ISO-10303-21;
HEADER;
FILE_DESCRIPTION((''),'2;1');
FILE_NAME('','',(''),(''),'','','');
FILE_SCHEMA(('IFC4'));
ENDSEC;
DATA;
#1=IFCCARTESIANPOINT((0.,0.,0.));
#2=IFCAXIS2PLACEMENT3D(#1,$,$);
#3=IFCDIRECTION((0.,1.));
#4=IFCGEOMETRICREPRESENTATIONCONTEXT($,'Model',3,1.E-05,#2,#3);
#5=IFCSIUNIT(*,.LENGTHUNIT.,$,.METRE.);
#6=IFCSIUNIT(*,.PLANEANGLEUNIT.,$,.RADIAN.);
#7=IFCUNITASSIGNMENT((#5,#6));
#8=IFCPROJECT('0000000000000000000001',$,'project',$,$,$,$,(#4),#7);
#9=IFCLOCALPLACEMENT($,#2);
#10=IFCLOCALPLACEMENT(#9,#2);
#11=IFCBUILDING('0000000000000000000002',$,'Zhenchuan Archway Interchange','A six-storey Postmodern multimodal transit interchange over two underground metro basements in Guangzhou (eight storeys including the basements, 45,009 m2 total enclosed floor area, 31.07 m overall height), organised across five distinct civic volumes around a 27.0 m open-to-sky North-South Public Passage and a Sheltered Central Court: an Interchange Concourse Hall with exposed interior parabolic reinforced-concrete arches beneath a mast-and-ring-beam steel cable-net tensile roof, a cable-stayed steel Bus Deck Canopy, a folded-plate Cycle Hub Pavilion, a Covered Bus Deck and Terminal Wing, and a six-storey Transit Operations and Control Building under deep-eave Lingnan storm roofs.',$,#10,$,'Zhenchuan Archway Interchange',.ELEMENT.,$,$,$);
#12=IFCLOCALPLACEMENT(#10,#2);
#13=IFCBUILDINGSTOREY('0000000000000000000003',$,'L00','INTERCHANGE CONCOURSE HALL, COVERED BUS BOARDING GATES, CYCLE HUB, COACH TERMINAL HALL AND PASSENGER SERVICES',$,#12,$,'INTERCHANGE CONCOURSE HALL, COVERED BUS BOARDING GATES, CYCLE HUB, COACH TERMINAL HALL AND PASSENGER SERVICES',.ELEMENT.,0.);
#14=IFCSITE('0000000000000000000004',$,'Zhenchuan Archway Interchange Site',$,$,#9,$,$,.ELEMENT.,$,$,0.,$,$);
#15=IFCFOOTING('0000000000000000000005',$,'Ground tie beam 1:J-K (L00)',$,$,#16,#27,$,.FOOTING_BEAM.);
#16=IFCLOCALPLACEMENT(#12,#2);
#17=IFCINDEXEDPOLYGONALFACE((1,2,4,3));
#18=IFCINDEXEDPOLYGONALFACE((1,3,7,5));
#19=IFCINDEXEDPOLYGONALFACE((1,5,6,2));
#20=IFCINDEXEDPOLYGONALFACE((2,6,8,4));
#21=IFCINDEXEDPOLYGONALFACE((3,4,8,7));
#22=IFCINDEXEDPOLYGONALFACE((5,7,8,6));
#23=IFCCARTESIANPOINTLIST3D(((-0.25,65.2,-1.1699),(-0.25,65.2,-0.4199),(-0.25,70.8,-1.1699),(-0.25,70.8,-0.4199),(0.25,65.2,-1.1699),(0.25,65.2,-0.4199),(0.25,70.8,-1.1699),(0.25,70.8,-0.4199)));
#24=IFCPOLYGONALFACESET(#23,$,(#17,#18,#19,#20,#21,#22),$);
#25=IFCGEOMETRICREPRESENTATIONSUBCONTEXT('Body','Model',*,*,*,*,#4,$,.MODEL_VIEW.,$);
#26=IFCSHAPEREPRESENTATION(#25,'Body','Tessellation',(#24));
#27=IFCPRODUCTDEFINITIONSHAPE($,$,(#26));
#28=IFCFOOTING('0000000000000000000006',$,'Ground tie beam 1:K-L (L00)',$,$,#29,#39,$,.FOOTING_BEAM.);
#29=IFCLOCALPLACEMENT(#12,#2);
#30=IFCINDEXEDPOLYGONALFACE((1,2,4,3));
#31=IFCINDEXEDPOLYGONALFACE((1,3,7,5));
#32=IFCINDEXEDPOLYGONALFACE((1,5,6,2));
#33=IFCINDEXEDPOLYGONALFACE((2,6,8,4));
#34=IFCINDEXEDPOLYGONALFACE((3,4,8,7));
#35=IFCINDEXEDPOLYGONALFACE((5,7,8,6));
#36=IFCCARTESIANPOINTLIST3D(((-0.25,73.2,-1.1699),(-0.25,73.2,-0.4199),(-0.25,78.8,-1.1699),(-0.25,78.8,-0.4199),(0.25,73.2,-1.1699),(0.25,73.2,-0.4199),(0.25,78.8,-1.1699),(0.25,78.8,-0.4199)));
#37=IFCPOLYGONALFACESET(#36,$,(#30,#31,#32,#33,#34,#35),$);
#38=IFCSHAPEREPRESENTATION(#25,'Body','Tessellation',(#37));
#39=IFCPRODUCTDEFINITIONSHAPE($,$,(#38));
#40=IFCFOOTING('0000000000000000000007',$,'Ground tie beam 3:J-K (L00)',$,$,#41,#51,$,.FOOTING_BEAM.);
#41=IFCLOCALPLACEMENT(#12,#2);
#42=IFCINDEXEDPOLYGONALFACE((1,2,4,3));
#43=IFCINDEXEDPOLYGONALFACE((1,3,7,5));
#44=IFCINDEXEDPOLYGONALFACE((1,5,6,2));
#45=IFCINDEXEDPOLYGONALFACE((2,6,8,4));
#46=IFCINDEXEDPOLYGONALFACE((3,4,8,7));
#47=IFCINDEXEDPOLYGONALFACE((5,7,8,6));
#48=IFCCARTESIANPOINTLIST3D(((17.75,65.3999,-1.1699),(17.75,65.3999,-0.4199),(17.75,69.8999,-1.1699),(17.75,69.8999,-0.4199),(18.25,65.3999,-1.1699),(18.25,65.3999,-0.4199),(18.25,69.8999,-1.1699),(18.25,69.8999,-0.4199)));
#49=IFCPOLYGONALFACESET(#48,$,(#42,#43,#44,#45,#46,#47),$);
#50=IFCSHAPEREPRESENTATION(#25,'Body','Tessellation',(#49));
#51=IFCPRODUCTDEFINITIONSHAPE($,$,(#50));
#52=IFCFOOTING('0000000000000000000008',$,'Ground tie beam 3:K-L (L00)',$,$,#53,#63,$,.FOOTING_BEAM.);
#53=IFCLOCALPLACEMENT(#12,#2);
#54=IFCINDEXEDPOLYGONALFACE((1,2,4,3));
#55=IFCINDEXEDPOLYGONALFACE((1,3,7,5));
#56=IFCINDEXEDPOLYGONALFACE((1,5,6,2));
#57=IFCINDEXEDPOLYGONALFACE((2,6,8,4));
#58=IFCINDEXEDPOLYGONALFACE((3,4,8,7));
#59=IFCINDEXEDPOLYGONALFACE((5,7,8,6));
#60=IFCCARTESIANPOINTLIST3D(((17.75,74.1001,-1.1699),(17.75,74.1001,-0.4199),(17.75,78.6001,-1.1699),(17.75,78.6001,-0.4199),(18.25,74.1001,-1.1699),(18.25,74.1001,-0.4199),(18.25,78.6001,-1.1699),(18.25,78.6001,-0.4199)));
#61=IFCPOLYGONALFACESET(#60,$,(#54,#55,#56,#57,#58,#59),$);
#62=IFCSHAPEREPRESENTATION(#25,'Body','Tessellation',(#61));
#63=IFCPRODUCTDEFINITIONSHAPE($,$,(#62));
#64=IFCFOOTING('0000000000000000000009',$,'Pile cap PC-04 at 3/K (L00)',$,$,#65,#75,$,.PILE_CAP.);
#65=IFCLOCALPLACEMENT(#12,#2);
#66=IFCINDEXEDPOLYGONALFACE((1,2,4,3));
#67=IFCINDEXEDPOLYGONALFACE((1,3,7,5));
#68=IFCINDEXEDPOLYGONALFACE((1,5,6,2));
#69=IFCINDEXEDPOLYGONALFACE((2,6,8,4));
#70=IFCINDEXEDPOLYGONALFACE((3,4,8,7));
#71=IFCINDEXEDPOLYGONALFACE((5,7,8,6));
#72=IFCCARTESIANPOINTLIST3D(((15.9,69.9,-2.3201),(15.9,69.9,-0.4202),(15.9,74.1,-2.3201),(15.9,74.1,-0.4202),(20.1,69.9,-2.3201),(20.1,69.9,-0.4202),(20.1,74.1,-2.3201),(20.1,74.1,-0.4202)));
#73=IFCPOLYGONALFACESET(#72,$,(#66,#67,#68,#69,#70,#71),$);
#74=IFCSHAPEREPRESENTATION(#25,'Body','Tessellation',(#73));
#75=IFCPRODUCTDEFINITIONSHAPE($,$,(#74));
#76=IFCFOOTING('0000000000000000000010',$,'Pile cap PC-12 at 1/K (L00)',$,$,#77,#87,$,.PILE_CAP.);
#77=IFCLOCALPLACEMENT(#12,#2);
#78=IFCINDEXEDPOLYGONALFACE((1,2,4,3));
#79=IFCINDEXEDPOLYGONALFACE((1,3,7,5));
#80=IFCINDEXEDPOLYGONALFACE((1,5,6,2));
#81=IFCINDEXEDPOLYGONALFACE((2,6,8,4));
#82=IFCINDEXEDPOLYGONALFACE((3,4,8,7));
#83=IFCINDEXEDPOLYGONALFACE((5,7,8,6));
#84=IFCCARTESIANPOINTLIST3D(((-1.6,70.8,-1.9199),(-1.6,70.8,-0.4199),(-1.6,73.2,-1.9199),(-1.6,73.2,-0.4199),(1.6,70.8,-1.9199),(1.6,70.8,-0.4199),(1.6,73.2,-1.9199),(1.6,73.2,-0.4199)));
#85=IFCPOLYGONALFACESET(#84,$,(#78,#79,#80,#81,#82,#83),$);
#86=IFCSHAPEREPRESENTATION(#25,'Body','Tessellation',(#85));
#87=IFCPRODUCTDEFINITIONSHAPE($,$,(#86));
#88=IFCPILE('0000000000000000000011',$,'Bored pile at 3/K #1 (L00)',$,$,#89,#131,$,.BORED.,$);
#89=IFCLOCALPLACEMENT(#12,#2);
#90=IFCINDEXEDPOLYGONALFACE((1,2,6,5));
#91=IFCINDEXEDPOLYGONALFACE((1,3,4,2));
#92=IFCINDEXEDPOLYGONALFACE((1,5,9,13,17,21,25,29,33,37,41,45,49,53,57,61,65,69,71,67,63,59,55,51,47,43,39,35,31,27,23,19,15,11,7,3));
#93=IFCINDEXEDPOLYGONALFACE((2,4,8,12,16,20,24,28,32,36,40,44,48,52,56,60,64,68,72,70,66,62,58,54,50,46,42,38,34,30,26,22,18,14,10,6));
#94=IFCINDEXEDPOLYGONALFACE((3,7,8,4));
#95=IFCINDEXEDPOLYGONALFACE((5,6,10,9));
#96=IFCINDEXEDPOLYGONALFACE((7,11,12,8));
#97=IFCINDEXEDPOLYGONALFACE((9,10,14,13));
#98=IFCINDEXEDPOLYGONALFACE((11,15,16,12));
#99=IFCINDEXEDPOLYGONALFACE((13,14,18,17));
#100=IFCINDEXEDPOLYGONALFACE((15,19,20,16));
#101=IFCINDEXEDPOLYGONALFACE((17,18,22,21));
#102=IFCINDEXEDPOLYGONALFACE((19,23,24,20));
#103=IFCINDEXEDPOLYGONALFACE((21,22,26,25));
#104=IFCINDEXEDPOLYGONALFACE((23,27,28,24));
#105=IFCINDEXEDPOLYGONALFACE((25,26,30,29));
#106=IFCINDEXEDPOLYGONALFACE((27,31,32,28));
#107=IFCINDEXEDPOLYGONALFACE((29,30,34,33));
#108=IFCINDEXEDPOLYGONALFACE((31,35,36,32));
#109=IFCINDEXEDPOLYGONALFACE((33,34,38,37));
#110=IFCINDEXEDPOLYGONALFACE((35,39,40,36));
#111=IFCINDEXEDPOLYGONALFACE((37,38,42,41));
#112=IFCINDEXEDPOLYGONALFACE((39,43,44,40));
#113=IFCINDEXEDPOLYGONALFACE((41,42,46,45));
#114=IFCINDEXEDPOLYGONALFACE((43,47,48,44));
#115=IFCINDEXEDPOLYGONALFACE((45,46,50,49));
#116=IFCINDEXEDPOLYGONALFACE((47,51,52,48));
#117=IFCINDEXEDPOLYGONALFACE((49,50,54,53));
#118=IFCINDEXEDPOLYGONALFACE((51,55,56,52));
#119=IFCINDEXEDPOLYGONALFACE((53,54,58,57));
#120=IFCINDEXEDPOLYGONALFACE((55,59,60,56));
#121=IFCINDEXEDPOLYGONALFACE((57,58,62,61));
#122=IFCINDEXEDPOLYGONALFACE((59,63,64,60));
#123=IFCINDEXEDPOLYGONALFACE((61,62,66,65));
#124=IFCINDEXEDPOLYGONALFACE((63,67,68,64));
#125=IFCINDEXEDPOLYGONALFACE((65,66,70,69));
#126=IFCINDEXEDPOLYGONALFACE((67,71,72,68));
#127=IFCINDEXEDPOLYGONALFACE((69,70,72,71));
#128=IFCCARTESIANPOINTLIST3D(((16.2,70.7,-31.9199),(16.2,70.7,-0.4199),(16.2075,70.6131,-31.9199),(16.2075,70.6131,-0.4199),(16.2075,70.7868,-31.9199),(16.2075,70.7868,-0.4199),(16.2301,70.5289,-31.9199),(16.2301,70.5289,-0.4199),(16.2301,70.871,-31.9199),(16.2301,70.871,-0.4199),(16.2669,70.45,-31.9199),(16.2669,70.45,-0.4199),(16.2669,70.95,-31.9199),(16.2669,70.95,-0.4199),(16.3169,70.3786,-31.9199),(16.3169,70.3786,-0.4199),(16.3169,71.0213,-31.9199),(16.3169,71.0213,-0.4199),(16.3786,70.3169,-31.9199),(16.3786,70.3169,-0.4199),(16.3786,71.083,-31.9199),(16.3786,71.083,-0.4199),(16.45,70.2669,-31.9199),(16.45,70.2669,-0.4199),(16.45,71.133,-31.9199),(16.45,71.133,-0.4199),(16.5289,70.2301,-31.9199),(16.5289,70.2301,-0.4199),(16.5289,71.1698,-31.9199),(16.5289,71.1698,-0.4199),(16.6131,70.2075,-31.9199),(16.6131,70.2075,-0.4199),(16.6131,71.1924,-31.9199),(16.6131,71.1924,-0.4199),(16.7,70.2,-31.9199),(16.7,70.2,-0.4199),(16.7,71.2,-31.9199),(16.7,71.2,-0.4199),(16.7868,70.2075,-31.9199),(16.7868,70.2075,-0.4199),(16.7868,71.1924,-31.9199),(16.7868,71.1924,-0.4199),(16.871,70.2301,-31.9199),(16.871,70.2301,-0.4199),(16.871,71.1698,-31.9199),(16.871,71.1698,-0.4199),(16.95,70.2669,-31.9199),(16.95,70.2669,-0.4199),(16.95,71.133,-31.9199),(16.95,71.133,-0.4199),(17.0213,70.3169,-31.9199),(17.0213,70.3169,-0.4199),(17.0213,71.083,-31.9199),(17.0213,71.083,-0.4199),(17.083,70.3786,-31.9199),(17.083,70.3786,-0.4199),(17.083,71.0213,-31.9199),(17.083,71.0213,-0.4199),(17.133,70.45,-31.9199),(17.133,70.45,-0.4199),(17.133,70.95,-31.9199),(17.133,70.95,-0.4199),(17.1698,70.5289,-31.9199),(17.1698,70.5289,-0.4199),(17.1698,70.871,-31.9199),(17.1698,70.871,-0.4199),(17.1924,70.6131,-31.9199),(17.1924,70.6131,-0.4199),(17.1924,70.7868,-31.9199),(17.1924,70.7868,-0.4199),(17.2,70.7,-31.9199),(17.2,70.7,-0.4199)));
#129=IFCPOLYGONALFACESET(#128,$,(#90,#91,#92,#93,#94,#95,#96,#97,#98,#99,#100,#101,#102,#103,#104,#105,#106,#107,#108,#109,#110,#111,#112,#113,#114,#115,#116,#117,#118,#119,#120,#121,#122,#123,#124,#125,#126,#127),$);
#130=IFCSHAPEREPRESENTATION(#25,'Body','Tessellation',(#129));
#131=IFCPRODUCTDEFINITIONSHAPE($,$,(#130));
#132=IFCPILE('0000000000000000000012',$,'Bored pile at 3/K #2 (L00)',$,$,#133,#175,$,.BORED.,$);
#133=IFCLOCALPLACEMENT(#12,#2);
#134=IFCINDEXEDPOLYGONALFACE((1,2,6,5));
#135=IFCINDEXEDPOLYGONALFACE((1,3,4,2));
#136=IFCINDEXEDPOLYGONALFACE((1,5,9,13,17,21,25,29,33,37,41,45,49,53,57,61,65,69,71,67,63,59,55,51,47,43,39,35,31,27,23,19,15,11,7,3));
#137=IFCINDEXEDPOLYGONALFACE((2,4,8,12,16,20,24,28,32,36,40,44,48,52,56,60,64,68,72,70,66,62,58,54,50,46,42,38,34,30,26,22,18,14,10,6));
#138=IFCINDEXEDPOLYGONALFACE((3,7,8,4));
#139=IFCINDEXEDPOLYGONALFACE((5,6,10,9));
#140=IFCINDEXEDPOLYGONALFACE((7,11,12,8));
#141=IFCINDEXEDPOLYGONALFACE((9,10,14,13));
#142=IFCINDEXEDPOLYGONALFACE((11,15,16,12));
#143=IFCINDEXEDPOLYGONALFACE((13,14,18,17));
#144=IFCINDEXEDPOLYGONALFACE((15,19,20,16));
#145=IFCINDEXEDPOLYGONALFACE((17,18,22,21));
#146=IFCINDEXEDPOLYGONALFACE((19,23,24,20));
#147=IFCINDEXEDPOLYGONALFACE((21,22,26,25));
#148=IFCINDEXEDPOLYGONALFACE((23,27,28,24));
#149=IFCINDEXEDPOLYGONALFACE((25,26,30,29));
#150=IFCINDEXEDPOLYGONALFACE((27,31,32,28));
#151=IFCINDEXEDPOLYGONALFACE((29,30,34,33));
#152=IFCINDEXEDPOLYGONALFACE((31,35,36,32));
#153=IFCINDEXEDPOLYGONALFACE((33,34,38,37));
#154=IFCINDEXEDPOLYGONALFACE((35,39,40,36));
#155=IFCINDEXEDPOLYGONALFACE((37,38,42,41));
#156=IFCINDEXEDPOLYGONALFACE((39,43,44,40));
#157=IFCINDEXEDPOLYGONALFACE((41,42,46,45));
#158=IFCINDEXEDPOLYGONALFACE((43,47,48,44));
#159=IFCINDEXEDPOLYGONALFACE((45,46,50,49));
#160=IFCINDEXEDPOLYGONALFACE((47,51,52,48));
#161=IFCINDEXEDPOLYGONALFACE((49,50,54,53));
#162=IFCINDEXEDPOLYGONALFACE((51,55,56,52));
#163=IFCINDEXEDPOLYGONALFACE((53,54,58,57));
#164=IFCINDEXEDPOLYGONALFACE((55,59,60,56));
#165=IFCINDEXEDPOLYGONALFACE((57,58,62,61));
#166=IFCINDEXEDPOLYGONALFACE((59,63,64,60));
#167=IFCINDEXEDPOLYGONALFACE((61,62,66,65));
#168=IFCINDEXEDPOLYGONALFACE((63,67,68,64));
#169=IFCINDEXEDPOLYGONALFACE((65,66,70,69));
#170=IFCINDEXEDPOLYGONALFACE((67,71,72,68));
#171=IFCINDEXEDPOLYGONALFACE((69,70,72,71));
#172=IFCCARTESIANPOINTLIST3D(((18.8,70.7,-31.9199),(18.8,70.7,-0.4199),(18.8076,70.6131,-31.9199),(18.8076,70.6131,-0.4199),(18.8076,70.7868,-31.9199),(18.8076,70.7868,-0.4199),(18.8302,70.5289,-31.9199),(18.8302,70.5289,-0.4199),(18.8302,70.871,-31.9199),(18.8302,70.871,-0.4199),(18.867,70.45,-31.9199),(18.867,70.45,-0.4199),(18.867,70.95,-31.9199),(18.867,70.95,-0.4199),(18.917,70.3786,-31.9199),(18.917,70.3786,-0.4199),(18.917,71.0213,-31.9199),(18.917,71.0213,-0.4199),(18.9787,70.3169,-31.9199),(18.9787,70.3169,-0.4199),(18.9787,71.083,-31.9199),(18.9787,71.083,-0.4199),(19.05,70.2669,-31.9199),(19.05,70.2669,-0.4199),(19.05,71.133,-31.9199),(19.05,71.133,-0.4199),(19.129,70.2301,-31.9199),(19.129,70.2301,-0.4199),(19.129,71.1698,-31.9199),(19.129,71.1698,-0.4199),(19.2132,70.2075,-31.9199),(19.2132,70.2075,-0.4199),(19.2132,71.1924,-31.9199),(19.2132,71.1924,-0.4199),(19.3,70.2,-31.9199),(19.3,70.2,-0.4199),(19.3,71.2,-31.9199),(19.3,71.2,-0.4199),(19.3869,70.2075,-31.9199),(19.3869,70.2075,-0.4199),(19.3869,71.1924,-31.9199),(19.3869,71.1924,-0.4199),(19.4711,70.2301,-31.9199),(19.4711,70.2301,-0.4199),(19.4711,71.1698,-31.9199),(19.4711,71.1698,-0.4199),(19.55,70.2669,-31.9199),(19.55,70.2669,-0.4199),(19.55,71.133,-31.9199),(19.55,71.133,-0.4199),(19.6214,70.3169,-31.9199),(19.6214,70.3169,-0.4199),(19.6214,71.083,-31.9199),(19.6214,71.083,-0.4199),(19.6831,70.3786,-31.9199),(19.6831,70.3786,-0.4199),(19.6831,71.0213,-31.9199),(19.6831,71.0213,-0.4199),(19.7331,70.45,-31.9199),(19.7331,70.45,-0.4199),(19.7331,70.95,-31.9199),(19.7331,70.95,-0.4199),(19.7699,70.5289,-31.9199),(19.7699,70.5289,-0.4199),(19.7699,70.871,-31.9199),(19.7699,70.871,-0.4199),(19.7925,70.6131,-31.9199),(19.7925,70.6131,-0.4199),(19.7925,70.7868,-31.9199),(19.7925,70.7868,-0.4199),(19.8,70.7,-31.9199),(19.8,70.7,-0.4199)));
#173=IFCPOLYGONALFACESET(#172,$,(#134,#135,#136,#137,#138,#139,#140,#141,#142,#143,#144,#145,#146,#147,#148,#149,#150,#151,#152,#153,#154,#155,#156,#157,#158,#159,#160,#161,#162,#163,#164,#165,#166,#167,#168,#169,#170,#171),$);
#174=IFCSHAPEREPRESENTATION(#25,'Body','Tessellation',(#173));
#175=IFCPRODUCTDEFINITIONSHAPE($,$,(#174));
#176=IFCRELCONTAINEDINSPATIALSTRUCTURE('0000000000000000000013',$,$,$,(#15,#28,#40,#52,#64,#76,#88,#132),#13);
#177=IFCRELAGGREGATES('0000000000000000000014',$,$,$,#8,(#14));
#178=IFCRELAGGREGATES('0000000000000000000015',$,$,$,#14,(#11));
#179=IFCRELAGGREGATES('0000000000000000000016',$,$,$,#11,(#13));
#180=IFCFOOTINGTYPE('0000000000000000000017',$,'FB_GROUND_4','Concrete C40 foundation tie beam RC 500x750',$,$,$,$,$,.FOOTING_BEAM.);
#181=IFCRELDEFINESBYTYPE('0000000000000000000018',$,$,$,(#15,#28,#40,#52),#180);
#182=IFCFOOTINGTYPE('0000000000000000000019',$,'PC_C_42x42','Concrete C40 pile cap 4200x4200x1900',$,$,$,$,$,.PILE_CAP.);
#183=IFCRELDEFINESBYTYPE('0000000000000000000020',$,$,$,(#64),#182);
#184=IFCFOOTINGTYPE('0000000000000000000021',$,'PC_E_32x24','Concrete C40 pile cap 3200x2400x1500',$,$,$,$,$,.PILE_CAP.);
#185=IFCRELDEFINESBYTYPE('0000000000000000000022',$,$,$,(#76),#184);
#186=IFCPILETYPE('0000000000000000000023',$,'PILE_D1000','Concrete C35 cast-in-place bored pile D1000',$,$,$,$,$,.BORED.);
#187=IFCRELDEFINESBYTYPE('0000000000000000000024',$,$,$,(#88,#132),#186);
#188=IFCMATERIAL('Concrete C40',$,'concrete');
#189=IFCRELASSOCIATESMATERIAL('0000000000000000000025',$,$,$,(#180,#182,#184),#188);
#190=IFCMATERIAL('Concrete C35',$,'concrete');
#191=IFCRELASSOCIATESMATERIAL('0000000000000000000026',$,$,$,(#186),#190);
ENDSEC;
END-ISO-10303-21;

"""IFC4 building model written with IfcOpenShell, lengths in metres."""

from ifc_helpers import new_model, si_unit, direction, frame, origin, origin_2d, place, context, subcontext, project, spatial, rectangle, circle, extrude, material, material_profile, profile_set, type_object, element, save


model = new_model("IFC4")

# Units and contexts
model_context = context("Model", 3, precision=1e-05, world=origin(), true_north=direction((0.0, 1.0)))
body_context = subcontext(model_context, "Body", "Model", "MODEL_VIEW")
ifc_project = project(units=[si_unit("LENGTHUNIT", "METRE"), si_unit("PLANEANGLEUNIT", "RADIAN")], contexts=[model_context])

# Site, building, storey
site_placement = place(None, origin())
site = spatial("IfcSite", under=ifc_project, at=site_placement, Name="Zhenchuan Archway Interchange Site", CompositionType="ELEMENT", RefElevation=0.0)
building_placement = place(site_placement, origin())
building = spatial("IfcBuilding", under=site, at=building_placement, Name="Zhenchuan Archway Interchange", Description="A six-storey Postmodern multimodal transit interchange over two underground metro basements in Guangzhou (eight storeys including the basements, 45,009 m2 total enclosed floor area, 31.07 m overall height), organised across five distinct civic volumes around a 27.0 m open-to-sky North-South Public Passage and a Sheltered Central Court: an Interchange Concourse Hall with exposed interior parabolic reinforced-concrete arches beneath a mast-and-ring-beam steel cable-net tensile roof, a cable-stayed steel Bus Deck Canopy, a folded-plate Cycle Hub Pavilion, a Covered Bus Deck and Terminal Wing, and a six-storey Transit Operations and Control Building under deep-eave Lingnan storm roofs.", LongName="Zhenchuan Archway Interchange", CompositionType="ELEMENT")
storey_placement = place(building_placement, origin())
storey = spatial("IfcBuildingStorey", under=building, at=storey_placement, Name="L00", Description="INTERCHANGE CONCOURSE HALL, COVERED BUS BOARDING GATES, CYCLE HUB, COACH TERMINAL HALL AND PASSENGER SERVICES", LongName="INTERCHANGE CONCOURSE HALL, COVERED BUS BOARDING GATES, CYCLE HUB, COACH TERMINAL HALL AND PASSENGER SERVICES", CompositionType="ELEMENT", Elevation=0.0)

# Footings
ifc_material_1 = material(Name="Concrete C40", Category="concrete")
ifc_material_profile_1 = material_profile(ifc_material_1, rectangle(XDim=0.5, YDim=0.75, at=origin_2d()), Name="RC 500x750")
ifc_profile_set_1 = profile_set([ifc_material_profile_1], Name="Concrete C40")
footing_type_1 = type_object("IfcFootingType", Name="FB_GROUND_4", Description="Concrete C40 foundation tie beam RC 500x750", PredefinedType="FOOTING_BEAM", material=ifc_profile_set_1)
for number, where, z_axis, x_axis, name in (
    (1, (0.0, 65.2, -0.7949), (0.0, 1.0, 0.0), (-1.0, 0.0, 0.0), "Ground tie beam 1:J-K (L00)"),
    (2, (0.0, 73.2, -0.7949), (0.0, 1.0, 0.0), (-1.0, 0.0, 0.0), "Ground tie beam 1:K-L (L00)"),
):
    element("IfcFooting", number, at=place(storey_placement, frame(where, z_axis=z_axis, x_axis=x_axis)), inside=storey, type_object=footing_type_1, Name=name, PredefinedType="FOOTING_BEAM", context=body_context, shape_type="SweptSolid", body=[
        extrude(rectangle(XDim=0.5, YDim=0.75, at=origin_2d()), origin(), (0.0, 0.0, 1.0), 5.6001),
    ])
for number, where, z_axis, x_axis, name in (
    (3, (18.0, 65.3999, -0.7949), (0.0, 1.0, 0.0), (-1.0, 0.0, 0.0), "Ground tie beam 3:J-K (L00)"),
    (4, (18.0, 74.1001, -0.7949), (0.0, 1.0, 0.0), (-1.0, 0.0, 0.0), "Ground tie beam 3:K-L (L00)"),
):
    element("IfcFooting", number, at=place(storey_placement, frame(where, z_axis=z_axis, x_axis=x_axis)), inside=storey, type_object=footing_type_1, Name=name, PredefinedType="FOOTING_BEAM", context=body_context, shape_type="SweptSolid", body=[
        extrude(rectangle(XDim=0.5, YDim=0.75, at=origin_2d()), origin(), (0.0, 0.0, 1.0), 4.5),
    ])
footing_type_2 = type_object("IfcFootingType", Name="PC_C_42x42", Description="Concrete C40 pile cap 4200x4200x1900", PredefinedType="PILE_CAP", material=ifc_material_1)
footing_1_placement = place(storey_placement, frame((18.0, 72.0, -2.3201), z_axis=(0.0, 0.0, 1.0), x_axis=(1.0, 0.0, 0.0)))
element("IfcFooting", 5, at=footing_1_placement, inside=storey, type_object=footing_type_2, Name="Pile cap PC-04 at 3/K (L00)", PredefinedType="PILE_CAP", context=body_context, shape_type="SweptSolid", body=[
    extrude(rectangle(XDim=4.2, YDim=4.2, at=origin_2d()), origin(), (0.0, 0.0, 1.0), 1.8999),
])
footing_type_3 = type_object("IfcFootingType", Name="PC_E_32x24", Description="Concrete C40 pile cap 3200x2400x1500", PredefinedType="PILE_CAP", material=ifc_material_1)
footing_2_placement = place(storey_placement, frame((0.0, 72.0, -1.9199), z_axis=(0.0, 0.0, 1.0), x_axis=(1.0, 0.0, 0.0)))
element("IfcFooting", 6, at=footing_2_placement, inside=storey, type_object=footing_type_3, Name="Pile cap PC-12 at 1/K (L00)", PredefinedType="PILE_CAP", context=body_context, shape_type="SweptSolid", body=[
    extrude(rectangle(XDim=3.2, YDim=2.3999, at=origin_2d()), origin(), (0.0, 0.0, 1.0), 1.5),
])

# Piles
ifc_material_2 = material(Name="Concrete C35", Category="concrete")
ifc_material_profile_2 = material_profile(ifc_material_2, circle(Radius=0.5, at=origin_2d()), Name="BORED PILE 1000")
ifc_profile_set_2 = profile_set([ifc_material_profile_2], Name="Concrete C35")
pile_type_1 = type_object("IfcPileType", Name="PILE_D1000", Description="Concrete C35 cast-in-place bored pile D1000", PredefinedType="BORED", material=ifc_profile_set_2)
for number, where, z_axis, x_axis, name in (
    (7, (16.7, 70.7, -0.4199), (0.0, 0.0, -1.0), (1.0, 0.0, 0.0), "Bored pile at 3/K #1 (L00)"),
    (8, (19.3, 70.7, -0.4199), (0.0, 0.0, -1.0), (1.0, 0.0, 0.0), "Bored pile at 3/K #2 (L00)"),
):
    element("IfcPile", number, at=place(storey_placement, frame(where, z_axis=z_axis, x_axis=x_axis)), inside=storey, type_object=pile_type_1, Name=name, PredefinedType="BORED", context=body_context, shape_type="SweptSolid", body=[
        extrude(circle(Radius=0.5, at=origin_2d()), origin(), (0.0, 0.0, 1.0), 31.5),
    ])

save(model, "model.ifc")
